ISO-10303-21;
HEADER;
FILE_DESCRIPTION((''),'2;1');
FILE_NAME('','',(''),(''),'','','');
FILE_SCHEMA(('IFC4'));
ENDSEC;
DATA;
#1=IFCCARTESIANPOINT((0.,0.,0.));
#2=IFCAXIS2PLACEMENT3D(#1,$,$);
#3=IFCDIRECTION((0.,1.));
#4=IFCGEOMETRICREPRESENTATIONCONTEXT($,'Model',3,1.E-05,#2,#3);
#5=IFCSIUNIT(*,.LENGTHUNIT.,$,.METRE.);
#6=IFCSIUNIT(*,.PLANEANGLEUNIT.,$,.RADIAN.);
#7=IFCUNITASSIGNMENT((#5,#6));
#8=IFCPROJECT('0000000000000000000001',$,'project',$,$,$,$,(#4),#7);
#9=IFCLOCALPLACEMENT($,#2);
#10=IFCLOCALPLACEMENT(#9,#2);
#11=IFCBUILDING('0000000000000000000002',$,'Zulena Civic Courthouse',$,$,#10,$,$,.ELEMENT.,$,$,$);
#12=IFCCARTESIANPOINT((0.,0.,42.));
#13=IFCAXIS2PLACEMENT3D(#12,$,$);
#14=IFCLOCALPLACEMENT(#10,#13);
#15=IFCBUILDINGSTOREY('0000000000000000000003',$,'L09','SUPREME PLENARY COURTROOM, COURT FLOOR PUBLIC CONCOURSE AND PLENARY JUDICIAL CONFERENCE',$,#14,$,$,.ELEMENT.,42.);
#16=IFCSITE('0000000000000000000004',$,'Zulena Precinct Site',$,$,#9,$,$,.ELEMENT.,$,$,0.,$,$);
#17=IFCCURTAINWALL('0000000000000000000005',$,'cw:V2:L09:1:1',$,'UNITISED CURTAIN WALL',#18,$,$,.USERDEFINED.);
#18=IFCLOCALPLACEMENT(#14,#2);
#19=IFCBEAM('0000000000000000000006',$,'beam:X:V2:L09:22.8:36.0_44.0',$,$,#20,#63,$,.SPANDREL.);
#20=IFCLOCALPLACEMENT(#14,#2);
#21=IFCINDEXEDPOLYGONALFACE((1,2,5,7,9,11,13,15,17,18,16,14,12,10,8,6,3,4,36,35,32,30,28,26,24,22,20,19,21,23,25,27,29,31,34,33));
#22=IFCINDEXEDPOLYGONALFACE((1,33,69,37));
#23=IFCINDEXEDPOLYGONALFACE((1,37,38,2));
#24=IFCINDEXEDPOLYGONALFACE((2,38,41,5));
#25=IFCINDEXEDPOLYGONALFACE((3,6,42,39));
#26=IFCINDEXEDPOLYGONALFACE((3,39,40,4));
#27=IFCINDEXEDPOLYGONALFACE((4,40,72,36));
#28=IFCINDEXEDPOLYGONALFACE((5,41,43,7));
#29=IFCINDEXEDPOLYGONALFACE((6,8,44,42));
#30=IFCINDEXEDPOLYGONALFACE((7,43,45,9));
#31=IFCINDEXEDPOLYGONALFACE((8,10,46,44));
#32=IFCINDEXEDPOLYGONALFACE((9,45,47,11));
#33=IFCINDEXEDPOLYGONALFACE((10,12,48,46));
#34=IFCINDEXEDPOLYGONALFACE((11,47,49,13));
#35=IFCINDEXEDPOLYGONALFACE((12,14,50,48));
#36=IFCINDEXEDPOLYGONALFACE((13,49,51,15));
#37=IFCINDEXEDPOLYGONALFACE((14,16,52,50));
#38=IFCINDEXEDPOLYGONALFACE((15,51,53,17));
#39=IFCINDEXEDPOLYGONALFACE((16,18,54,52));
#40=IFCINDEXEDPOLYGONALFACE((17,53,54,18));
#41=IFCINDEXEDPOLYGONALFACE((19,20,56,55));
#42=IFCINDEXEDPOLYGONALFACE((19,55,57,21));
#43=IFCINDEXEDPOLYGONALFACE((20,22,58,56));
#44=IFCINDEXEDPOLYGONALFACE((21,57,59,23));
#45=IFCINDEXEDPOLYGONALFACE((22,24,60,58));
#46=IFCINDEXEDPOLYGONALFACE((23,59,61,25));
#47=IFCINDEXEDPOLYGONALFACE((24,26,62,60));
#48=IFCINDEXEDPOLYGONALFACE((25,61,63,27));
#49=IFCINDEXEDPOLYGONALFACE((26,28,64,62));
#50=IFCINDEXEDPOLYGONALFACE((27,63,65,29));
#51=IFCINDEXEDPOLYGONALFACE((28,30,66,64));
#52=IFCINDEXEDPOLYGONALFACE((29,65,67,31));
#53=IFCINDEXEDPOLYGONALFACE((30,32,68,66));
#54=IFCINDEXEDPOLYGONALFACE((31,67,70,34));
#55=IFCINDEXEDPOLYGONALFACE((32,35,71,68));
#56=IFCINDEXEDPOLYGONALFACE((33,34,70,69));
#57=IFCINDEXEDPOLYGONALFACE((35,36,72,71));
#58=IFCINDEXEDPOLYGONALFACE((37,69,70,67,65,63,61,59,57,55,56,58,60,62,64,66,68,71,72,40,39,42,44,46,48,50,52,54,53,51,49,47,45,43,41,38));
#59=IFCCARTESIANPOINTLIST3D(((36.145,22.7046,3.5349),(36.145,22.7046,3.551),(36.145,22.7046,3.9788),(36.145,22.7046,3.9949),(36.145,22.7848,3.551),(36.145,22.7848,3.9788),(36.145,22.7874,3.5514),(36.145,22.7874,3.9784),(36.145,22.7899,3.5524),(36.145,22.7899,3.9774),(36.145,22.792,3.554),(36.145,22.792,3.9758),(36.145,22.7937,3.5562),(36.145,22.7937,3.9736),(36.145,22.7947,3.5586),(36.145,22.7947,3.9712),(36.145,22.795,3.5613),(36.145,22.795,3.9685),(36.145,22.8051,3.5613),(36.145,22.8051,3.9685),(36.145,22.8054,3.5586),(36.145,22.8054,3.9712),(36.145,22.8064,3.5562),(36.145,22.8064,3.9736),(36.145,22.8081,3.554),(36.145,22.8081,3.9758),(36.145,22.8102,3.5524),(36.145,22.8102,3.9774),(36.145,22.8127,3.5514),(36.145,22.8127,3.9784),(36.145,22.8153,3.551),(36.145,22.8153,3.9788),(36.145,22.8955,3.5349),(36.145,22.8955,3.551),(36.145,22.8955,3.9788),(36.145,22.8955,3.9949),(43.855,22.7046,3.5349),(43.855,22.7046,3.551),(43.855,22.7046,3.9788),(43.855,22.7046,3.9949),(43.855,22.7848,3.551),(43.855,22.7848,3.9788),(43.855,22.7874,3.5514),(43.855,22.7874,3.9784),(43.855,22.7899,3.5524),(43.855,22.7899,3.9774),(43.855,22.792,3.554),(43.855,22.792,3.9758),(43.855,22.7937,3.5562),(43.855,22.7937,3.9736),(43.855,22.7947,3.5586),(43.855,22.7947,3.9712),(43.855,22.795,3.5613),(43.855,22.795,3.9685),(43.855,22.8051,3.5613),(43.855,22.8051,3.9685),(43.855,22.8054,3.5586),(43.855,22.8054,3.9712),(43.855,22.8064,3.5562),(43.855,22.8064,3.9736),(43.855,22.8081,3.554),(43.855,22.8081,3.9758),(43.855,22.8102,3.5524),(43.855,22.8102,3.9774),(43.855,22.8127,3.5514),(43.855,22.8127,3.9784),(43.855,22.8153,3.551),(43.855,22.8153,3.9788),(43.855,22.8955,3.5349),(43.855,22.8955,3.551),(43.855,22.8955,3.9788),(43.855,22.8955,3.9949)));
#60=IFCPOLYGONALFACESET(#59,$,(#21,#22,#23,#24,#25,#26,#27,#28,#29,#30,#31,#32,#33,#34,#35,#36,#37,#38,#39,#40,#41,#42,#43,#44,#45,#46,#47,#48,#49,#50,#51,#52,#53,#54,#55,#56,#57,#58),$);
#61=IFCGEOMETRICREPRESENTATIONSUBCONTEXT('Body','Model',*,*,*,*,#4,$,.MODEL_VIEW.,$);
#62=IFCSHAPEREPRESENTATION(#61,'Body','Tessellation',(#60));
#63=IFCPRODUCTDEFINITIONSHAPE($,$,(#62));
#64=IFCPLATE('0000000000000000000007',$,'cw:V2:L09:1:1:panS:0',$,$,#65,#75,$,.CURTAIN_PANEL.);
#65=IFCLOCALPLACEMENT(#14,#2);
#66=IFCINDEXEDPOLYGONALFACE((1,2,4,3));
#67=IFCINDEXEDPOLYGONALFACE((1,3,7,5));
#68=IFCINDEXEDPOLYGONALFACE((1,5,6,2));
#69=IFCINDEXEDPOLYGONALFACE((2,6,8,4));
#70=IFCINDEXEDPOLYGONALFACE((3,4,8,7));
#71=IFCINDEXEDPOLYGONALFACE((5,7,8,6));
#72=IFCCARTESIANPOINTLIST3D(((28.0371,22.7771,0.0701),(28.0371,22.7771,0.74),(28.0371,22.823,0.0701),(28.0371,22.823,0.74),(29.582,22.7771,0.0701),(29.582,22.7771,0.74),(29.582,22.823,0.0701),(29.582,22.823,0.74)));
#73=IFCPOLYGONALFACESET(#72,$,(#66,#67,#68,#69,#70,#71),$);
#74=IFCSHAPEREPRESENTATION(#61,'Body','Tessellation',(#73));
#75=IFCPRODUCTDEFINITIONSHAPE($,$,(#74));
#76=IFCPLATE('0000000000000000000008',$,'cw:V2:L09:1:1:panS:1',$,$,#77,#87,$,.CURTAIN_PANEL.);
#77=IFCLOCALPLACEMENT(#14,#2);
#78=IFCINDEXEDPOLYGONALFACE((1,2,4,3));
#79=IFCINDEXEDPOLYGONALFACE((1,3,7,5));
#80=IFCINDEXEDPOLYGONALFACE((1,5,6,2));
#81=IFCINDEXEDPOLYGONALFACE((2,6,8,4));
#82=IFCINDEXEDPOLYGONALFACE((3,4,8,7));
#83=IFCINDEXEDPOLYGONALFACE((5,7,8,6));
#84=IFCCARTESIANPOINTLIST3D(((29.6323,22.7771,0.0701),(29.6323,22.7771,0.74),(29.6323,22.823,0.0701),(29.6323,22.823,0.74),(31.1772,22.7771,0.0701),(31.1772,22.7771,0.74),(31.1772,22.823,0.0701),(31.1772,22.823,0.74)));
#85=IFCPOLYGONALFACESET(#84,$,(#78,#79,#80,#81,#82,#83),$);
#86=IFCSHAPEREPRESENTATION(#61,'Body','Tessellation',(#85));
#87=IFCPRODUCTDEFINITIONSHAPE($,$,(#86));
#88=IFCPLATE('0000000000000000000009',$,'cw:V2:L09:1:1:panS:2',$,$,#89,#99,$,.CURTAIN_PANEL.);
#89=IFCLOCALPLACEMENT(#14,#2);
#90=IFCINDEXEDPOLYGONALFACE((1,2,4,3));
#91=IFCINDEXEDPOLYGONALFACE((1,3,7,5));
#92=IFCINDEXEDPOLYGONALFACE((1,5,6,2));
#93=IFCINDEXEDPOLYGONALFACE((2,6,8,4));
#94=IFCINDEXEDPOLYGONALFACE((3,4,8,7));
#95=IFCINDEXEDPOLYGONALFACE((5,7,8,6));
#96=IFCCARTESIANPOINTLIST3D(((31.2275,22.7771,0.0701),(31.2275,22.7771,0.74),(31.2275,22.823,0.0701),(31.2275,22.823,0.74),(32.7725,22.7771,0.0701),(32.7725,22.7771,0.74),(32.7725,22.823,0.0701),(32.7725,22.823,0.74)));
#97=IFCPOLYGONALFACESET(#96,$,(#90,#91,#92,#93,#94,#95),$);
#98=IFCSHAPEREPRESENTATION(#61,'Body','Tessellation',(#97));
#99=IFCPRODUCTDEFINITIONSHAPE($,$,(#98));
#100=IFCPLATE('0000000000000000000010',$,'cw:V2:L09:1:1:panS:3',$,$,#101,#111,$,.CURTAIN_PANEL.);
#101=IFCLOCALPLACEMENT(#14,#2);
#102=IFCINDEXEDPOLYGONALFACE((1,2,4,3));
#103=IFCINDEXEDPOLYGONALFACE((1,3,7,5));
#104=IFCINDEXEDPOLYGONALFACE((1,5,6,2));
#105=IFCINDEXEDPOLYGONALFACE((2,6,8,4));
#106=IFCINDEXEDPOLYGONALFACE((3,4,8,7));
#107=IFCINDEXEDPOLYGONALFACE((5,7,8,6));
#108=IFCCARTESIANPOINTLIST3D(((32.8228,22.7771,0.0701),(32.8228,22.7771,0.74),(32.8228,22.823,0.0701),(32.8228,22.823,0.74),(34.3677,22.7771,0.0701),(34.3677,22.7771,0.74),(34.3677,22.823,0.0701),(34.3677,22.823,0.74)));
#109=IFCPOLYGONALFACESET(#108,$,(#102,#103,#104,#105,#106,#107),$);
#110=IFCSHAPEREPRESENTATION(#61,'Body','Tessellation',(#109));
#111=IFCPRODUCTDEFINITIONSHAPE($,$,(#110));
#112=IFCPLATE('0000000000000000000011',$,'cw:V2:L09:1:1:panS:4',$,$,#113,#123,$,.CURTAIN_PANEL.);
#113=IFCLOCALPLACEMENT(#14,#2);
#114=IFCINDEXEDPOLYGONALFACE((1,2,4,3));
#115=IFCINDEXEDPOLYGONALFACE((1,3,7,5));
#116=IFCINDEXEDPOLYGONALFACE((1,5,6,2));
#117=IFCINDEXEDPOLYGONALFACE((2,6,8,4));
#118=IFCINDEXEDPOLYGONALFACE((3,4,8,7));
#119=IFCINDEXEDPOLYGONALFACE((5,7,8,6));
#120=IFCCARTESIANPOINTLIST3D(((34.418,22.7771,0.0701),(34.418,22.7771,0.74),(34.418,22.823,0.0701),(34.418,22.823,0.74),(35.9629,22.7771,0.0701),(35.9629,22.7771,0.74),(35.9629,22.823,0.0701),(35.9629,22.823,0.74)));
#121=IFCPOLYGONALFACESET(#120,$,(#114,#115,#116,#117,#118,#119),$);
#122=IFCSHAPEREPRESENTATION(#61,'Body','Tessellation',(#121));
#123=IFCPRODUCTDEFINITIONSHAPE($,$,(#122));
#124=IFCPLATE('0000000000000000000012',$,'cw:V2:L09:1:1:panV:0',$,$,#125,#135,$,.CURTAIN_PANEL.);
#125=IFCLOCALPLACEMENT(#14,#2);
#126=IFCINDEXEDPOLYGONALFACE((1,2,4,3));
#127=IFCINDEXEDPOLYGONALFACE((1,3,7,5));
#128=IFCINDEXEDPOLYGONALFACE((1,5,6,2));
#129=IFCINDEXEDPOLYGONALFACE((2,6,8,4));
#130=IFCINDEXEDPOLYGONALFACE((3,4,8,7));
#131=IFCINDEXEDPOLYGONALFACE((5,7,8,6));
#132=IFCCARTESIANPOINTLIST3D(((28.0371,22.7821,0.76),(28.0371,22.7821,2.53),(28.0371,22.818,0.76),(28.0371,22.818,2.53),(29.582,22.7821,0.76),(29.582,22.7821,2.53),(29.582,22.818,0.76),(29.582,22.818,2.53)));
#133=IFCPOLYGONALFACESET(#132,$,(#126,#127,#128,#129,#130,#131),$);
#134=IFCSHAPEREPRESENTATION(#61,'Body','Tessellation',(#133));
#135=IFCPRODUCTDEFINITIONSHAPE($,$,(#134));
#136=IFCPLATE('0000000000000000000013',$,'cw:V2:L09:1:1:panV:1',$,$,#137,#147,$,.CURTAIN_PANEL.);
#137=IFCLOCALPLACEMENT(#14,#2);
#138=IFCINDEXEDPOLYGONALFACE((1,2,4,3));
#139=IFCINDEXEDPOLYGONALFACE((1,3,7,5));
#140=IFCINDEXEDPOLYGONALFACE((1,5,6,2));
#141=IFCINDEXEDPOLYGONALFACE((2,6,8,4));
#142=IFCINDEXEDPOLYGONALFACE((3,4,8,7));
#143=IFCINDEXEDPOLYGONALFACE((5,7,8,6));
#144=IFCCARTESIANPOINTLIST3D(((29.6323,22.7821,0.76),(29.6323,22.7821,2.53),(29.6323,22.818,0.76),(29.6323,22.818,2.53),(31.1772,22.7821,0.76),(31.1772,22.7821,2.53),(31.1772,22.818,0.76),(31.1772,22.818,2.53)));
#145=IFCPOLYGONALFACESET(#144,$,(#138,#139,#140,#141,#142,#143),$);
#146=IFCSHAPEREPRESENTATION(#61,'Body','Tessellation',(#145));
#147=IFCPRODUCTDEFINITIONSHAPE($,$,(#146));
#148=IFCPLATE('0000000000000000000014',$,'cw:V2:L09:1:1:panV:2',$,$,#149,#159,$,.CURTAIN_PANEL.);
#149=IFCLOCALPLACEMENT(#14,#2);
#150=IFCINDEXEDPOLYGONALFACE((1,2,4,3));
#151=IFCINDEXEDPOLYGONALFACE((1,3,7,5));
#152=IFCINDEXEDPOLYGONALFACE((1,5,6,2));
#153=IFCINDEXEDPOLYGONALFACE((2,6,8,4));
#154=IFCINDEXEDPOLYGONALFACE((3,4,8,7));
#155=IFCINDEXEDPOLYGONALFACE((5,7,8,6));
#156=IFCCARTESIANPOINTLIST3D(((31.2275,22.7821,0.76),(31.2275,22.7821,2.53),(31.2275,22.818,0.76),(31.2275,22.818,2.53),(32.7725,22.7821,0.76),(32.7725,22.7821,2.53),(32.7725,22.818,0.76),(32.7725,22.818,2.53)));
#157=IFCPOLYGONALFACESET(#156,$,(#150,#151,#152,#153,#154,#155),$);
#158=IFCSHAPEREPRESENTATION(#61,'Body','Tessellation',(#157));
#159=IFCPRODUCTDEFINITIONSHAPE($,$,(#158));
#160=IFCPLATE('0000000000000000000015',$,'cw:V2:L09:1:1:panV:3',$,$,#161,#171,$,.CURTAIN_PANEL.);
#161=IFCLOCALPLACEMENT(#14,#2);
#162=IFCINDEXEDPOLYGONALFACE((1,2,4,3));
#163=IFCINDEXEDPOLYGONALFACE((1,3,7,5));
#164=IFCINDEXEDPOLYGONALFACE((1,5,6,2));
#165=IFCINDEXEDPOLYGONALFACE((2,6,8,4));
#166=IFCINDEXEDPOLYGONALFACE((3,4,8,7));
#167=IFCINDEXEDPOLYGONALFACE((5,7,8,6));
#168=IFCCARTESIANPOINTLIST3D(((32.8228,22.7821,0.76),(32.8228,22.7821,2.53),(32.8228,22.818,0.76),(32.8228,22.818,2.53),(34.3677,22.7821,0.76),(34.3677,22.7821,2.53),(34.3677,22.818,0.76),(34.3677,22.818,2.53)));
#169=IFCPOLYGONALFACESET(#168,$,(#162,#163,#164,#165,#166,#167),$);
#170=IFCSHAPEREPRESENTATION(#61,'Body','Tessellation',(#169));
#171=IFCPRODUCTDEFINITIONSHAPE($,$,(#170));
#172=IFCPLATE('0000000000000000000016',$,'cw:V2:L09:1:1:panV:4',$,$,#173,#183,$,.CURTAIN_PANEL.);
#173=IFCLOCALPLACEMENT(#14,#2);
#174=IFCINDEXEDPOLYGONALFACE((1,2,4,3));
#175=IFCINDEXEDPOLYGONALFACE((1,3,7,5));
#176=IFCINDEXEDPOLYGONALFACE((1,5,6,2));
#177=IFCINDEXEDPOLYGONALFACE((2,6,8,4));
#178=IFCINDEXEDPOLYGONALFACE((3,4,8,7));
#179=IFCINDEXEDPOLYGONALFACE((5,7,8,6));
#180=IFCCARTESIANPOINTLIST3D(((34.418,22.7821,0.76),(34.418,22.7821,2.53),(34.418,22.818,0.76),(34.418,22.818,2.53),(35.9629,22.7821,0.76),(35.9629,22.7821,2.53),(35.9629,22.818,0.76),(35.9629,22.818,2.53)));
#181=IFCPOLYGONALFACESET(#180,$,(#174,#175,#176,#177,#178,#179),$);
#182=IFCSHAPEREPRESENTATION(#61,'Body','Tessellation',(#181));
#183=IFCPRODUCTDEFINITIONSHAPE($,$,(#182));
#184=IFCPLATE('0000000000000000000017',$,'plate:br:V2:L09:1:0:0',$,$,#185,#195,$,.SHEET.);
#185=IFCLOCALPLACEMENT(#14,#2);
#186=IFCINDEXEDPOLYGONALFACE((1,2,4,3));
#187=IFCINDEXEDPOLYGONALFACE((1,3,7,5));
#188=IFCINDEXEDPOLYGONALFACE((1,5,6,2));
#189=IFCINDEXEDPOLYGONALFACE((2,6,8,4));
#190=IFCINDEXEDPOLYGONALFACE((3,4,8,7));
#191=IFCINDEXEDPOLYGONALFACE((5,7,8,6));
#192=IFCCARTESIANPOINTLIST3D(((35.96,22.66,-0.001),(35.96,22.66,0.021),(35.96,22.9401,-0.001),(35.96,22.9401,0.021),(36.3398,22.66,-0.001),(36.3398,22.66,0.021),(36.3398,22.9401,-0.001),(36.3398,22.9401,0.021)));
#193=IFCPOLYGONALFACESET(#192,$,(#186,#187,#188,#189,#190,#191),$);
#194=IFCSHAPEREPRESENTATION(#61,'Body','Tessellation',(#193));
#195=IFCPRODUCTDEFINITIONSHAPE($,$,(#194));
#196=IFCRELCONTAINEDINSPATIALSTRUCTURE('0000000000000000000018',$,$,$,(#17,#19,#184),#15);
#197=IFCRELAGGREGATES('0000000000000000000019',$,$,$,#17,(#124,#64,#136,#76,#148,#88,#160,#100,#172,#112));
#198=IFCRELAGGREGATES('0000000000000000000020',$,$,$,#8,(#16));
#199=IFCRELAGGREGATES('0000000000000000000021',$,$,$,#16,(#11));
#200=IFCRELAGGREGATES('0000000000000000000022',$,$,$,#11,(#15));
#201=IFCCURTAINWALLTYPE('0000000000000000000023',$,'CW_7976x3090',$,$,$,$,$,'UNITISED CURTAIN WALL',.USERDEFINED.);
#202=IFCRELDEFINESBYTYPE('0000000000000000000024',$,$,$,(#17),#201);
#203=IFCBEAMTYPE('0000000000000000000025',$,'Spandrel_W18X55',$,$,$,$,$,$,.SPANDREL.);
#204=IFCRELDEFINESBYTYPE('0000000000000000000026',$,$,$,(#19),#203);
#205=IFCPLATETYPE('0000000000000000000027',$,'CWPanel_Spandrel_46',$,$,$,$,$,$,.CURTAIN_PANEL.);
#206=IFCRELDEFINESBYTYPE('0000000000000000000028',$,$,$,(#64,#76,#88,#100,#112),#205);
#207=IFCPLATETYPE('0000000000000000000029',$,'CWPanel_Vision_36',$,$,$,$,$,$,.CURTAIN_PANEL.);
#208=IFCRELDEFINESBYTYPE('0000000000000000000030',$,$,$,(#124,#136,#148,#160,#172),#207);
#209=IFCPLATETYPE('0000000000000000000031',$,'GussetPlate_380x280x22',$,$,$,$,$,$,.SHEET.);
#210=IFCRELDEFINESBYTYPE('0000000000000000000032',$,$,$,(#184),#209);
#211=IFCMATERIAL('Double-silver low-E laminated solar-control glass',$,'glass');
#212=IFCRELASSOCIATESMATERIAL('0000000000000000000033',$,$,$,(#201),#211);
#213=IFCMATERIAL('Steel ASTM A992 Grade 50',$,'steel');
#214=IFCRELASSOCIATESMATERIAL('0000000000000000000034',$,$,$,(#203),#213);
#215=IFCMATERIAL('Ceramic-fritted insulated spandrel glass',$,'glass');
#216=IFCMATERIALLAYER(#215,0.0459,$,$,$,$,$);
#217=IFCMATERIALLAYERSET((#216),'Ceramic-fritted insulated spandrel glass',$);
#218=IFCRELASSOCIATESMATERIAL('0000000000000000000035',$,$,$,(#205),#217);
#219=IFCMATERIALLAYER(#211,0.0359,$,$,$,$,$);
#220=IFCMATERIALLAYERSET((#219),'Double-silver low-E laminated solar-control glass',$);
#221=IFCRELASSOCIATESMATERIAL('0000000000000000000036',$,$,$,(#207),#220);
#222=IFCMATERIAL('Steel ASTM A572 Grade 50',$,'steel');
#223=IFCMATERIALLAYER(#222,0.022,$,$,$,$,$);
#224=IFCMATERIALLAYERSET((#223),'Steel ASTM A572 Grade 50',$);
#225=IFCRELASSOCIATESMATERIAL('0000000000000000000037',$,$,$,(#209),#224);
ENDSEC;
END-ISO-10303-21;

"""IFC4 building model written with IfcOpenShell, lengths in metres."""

from ifc_helpers import new_model, si_unit, direction, frame, origin, origin_2d, place, context, subcontext, project, spatial, rectangle, i_section, extrude, material, layer, layer_set, material_profile, profile_set, type_object, element, aggregate, save


model = new_model("IFC4")

# Units and contexts
model_context = context("Model", 3, precision=1e-05, world=origin(), true_north=direction((0.0, 1.0)))
body_context = subcontext(model_context, "Body", "Model", "MODEL_VIEW")
ifc_project = project(units=[si_unit("LENGTHUNIT", "METRE"), si_unit("PLANEANGLEUNIT", "RADIAN")], contexts=[model_context])

# Site, building, storey
site_placement = place(None, origin())
site = spatial("IfcSite", under=ifc_project, at=site_placement, Name="Zulena Precinct Site", CompositionType="ELEMENT", RefElevation=0.0)
building_placement = place(site_placement, origin())
building = spatial("IfcBuilding", under=site, at=building_placement, Name="Zulena Civic Courthouse", CompositionType="ELEMENT")
storey_placement = place(building_placement, frame((0.0, 0.0, 42.0)))
storey = spatial("IfcBuildingStorey", under=building, at=storey_placement, Name="L09", Description="SUPREME PLENARY COURTROOM, COURT FLOOR PUBLIC CONCOURSE AND PLENARY JUDICIAL CONFERENCE", CompositionType="ELEMENT", Elevation=42.0)

# Shared definitions
ifc_material_1 = material(Name="Steel ASTM A992 Grade 50", Category="steel")

# Curtain wall
ifc_material_2 = material(Name="Double-silver low-E laminated solar-control glass", Category="glass")
curtain_wall_type = type_object("IfcCurtainWallType", Name="CW_7976x3090", ElementType="UNITISED CURTAIN WALL", PredefinedType="USERDEFINED", material=ifc_material_2)
curtain_wall_placement = place(storey_placement, origin())
curtain_wall = element("IfcCurtainWall", 1, at=curtain_wall_placement, inside=storey, type_object=curtain_wall_type, Name="cw:V2:L09:1:1", ObjectType="UNITISED CURTAIN WALL", PredefinedType="USERDEFINED")

# Beam
ifc_material_profile_1 = material_profile(ifc_material_1, i_section(OverallWidth=0.1909, OverallDepth=0.46, WebThickness=0.01, FlangeThickness=0.0161, FilletRadius=0.0103, at=origin_2d()), Name="W18X55")
ifc_profile_set_1 = profile_set([ifc_material_profile_1], Name="Steel ASTM A992 Grade 50")
beam_type = type_object("IfcBeamType", Name="Spandrel_W18X55", PredefinedType="SPANDREL", material=ifc_profile_set_1)
beam_placement = place(storey_placement, frame((36.145, 22.8, 3.7649), z_axis=(1.0, 0.0, 0.0), x_axis=(0.0, 1.0, 0.0)))
element("IfcBeam", 2, at=beam_placement, inside=storey, type_object=beam_type, Name="beam:X:V2:L09:22.8:36.0_44.0", PredefinedType="SPANDREL", context=body_context, shape_type="SweptSolid", body=[
    extrude(i_section(OverallWidth=0.1909, OverallDepth=0.46, WebThickness=0.01, FlangeThickness=0.0161, FilletRadius=0.0103, at=origin_2d()), origin(), (0.0, 0.0, 1.0), 7.71),
])

# Plates
ifc_material_3 = material(Name="Ceramic-fritted insulated spandrel glass", Category="glass")
ifc_layer_1 = layer(ifc_material_3, 0.0459)
ifc_layer_set_1 = layer_set([ifc_layer_1], Name="Ceramic-fritted insulated spandrel glass")
plate_type_1 = type_object("IfcPlateType", Name="CWPanel_Spandrel_46", PredefinedType="CURTAIN_PANEL", material=ifc_layer_set_1)
plate_1_placement = place(storey_placement, frame((28.8096, 22.8, 0.0701), z_axis=(0.0, 0.0, 1.0), x_axis=(1.0, 0.0, 0.0)))
plate_1 = element("IfcPlate", 3, at=plate_1_placement, type_object=plate_type_1, Name="cw:V2:L09:1:1:panS:0", PredefinedType="CURTAIN_PANEL", context=body_context, shape_type="SweptSolid", body=[
    extrude(rectangle(XDim=1.5449, YDim=0.0459, at=origin_2d()), origin(), (0.0, 0.0, 1.0), 0.6699),
])
plate_2_placement = place(storey_placement, frame((30.4048, 22.8, 0.0701), z_axis=(0.0, 0.0, 1.0), x_axis=(1.0, 0.0, 0.0)))
plate_2 = element("IfcPlate", 4, at=plate_2_placement, type_object=plate_type_1, Name="cw:V2:L09:1:1:panS:1", PredefinedType="CURTAIN_PANEL", context=body_context, shape_type="SweptSolid", body=[
    extrude(rectangle(XDim=1.5449, YDim=0.0459, at=origin_2d()), origin(), (0.0, 0.0, 1.0), 0.6699),
])
plate_3_placement = place(storey_placement, frame((32.0, 22.8, 0.0701), z_axis=(0.0, 0.0, 1.0), x_axis=(1.0, 0.0, 0.0)))
plate_3 = element("IfcPlate", 5, at=plate_3_placement, type_object=plate_type_1, Name="cw:V2:L09:1:1:panS:2", PredefinedType="CURTAIN_PANEL", context=body_context, shape_type="SweptSolid", body=[
    extrude(rectangle(XDim=1.5449, YDim=0.0459, at=origin_2d()), origin(), (0.0, 0.0, 1.0), 0.6699),
])
plate_4_placement = place(storey_placement, frame((33.5952, 22.8, 0.0701), z_axis=(0.0, 0.0, 1.0), x_axis=(1.0, 0.0, 0.0)))
plate_4 = element("IfcPlate", 6, at=plate_4_placement, type_object=plate_type_1, Name="cw:V2:L09:1:1:panS:3", PredefinedType="CURTAIN_PANEL", context=body_context, shape_type="SweptSolid", body=[
    extrude(rectangle(XDim=1.5449, YDim=0.0459, at=origin_2d()), origin(), (0.0, 0.0, 1.0), 0.6699),
])
plate_5_placement = place(storey_placement, frame((35.1904, 22.8, 0.0701), z_axis=(0.0, 0.0, 1.0), x_axis=(1.0, 0.0, 0.0)))
plate_5 = element("IfcPlate", 7, at=plate_5_placement, type_object=plate_type_1, Name="cw:V2:L09:1:1:panS:4", PredefinedType="CURTAIN_PANEL", context=body_context, shape_type="SweptSolid", body=[
    extrude(rectangle(XDim=1.5449, YDim=0.0459, at=origin_2d()), origin(), (0.0, 0.0, 1.0), 0.6699),
])
ifc_layer_2 = layer(ifc_material_2, 0.0359)
ifc_layer_set_2 = layer_set([ifc_layer_2], Name="Double-silver low-E laminated solar-control glass")
plate_type_2 = type_object("IfcPlateType", Name="CWPanel_Vision_36", PredefinedType="CURTAIN_PANEL", material=ifc_layer_set_2)
plate_6_placement = place(storey_placement, frame((28.8096, 22.8, 0.76), z_axis=(0.0, 0.0, 1.0), x_axis=(1.0, 0.0, 0.0)))
plate_6 = element("IfcPlate", 8, at=plate_6_placement, type_object=plate_type_2, Name="cw:V2:L09:1:1:panV:0", PredefinedType="CURTAIN_PANEL", context=body_context, shape_type="SweptSolid", body=[
    extrude(rectangle(XDim=1.5449, YDim=0.0359, at=origin_2d()), origin(), (0.0, 0.0, 1.0), 1.77),
])
plate_7_placement = place(storey_placement, frame((30.4048, 22.8, 0.76), z_axis=(0.0, 0.0, 1.0), x_axis=(1.0, 0.0, 0.0)))
plate_7 = element("IfcPlate", 9, at=plate_7_placement, type_object=plate_type_2, Name="cw:V2:L09:1:1:panV:1", PredefinedType="CURTAIN_PANEL", context=body_context, shape_type="SweptSolid", body=[
    extrude(rectangle(XDim=1.5449, YDim=0.0359, at=origin_2d()), origin(), (0.0, 0.0, 1.0), 1.77),
])
plate_8_placement = place(storey_placement, frame((32.0, 22.8, 0.76), z_axis=(0.0, 0.0, 1.0), x_axis=(1.0, 0.0, 0.0)))
plate_8 = element("IfcPlate", 10, at=plate_8_placement, type_object=plate_type_2, Name="cw:V2:L09:1:1:panV:2", PredefinedType="CURTAIN_PANEL", context=body_context, shape_type="SweptSolid", body=[
    extrude(rectangle(XDim=1.5449, YDim=0.0359, at=origin_2d()), origin(), (0.0, 0.0, 1.0), 1.77),
])
plate_9_placement = place(storey_placement, frame((33.5952, 22.8, 0.76), z_axis=(0.0, 0.0, 1.0), x_axis=(1.0, 0.0, 0.0)))
plate_9 = element("IfcPlate", 11, at=plate_9_placement, type_object=plate_type_2, Name="cw:V2:L09:1:1:panV:3", PredefinedType="CURTAIN_PANEL", context=body_context, shape_type="SweptSolid", body=[
    extrude(rectangle(XDim=1.5449, YDim=0.0359, at=origin_2d()), origin(), (0.0, 0.0, 1.0), 1.77),
])
plate_10_placement = place(storey_placement, frame((35.1904, 22.8, 0.76), z_axis=(0.0, 0.0, 1.0), x_axis=(1.0, 0.0, 0.0)))
plate_10 = element("IfcPlate", 12, at=plate_10_placement, type_object=plate_type_2, Name="cw:V2:L09:1:1:panV:4", PredefinedType="CURTAIN_PANEL", context=body_context, shape_type="SweptSolid", body=[
    extrude(rectangle(XDim=1.5449, YDim=0.0359, at=origin_2d()), origin(), (0.0, 0.0, 1.0), 1.77),
])
aggregate(curtain_wall, [plate_6, plate_1, plate_7, plate_2, plate_8, plate_3, plate_9, plate_4, plate_10, plate_5])
ifc_material_4 = material(Name="Steel ASTM A572 Grade 50", Category="steel")
ifc_layer_3 = layer(ifc_material_4, 0.022)
ifc_layer_set_3 = layer_set([ifc_layer_3], Name="Steel ASTM A572 Grade 50")
plate_type_3 = type_object("IfcPlateType", Name="GussetPlate_380x280x22", PredefinedType="SHEET", material=ifc_layer_set_3)
plate_11_placement = place(storey_placement, frame((36.1499, 22.8, -0.001), z_axis=(0.0, 0.0, 1.0), x_axis=(1.0, 0.0, 0.0)))
element("IfcPlate", 13, at=plate_11_placement, inside=storey, type_object=plate_type_3, Name="plate:br:V2:L09:1:0:0", PredefinedType="SHEET", context=body_context, shape_type="SweptSolid", body=[
    extrude(rectangle(XDim=0.3799, YDim=0.28, at=origin_2d()), origin(), (0.0, 0.0, 1.0), 0.022),
])

save(model, "model.ifc")
